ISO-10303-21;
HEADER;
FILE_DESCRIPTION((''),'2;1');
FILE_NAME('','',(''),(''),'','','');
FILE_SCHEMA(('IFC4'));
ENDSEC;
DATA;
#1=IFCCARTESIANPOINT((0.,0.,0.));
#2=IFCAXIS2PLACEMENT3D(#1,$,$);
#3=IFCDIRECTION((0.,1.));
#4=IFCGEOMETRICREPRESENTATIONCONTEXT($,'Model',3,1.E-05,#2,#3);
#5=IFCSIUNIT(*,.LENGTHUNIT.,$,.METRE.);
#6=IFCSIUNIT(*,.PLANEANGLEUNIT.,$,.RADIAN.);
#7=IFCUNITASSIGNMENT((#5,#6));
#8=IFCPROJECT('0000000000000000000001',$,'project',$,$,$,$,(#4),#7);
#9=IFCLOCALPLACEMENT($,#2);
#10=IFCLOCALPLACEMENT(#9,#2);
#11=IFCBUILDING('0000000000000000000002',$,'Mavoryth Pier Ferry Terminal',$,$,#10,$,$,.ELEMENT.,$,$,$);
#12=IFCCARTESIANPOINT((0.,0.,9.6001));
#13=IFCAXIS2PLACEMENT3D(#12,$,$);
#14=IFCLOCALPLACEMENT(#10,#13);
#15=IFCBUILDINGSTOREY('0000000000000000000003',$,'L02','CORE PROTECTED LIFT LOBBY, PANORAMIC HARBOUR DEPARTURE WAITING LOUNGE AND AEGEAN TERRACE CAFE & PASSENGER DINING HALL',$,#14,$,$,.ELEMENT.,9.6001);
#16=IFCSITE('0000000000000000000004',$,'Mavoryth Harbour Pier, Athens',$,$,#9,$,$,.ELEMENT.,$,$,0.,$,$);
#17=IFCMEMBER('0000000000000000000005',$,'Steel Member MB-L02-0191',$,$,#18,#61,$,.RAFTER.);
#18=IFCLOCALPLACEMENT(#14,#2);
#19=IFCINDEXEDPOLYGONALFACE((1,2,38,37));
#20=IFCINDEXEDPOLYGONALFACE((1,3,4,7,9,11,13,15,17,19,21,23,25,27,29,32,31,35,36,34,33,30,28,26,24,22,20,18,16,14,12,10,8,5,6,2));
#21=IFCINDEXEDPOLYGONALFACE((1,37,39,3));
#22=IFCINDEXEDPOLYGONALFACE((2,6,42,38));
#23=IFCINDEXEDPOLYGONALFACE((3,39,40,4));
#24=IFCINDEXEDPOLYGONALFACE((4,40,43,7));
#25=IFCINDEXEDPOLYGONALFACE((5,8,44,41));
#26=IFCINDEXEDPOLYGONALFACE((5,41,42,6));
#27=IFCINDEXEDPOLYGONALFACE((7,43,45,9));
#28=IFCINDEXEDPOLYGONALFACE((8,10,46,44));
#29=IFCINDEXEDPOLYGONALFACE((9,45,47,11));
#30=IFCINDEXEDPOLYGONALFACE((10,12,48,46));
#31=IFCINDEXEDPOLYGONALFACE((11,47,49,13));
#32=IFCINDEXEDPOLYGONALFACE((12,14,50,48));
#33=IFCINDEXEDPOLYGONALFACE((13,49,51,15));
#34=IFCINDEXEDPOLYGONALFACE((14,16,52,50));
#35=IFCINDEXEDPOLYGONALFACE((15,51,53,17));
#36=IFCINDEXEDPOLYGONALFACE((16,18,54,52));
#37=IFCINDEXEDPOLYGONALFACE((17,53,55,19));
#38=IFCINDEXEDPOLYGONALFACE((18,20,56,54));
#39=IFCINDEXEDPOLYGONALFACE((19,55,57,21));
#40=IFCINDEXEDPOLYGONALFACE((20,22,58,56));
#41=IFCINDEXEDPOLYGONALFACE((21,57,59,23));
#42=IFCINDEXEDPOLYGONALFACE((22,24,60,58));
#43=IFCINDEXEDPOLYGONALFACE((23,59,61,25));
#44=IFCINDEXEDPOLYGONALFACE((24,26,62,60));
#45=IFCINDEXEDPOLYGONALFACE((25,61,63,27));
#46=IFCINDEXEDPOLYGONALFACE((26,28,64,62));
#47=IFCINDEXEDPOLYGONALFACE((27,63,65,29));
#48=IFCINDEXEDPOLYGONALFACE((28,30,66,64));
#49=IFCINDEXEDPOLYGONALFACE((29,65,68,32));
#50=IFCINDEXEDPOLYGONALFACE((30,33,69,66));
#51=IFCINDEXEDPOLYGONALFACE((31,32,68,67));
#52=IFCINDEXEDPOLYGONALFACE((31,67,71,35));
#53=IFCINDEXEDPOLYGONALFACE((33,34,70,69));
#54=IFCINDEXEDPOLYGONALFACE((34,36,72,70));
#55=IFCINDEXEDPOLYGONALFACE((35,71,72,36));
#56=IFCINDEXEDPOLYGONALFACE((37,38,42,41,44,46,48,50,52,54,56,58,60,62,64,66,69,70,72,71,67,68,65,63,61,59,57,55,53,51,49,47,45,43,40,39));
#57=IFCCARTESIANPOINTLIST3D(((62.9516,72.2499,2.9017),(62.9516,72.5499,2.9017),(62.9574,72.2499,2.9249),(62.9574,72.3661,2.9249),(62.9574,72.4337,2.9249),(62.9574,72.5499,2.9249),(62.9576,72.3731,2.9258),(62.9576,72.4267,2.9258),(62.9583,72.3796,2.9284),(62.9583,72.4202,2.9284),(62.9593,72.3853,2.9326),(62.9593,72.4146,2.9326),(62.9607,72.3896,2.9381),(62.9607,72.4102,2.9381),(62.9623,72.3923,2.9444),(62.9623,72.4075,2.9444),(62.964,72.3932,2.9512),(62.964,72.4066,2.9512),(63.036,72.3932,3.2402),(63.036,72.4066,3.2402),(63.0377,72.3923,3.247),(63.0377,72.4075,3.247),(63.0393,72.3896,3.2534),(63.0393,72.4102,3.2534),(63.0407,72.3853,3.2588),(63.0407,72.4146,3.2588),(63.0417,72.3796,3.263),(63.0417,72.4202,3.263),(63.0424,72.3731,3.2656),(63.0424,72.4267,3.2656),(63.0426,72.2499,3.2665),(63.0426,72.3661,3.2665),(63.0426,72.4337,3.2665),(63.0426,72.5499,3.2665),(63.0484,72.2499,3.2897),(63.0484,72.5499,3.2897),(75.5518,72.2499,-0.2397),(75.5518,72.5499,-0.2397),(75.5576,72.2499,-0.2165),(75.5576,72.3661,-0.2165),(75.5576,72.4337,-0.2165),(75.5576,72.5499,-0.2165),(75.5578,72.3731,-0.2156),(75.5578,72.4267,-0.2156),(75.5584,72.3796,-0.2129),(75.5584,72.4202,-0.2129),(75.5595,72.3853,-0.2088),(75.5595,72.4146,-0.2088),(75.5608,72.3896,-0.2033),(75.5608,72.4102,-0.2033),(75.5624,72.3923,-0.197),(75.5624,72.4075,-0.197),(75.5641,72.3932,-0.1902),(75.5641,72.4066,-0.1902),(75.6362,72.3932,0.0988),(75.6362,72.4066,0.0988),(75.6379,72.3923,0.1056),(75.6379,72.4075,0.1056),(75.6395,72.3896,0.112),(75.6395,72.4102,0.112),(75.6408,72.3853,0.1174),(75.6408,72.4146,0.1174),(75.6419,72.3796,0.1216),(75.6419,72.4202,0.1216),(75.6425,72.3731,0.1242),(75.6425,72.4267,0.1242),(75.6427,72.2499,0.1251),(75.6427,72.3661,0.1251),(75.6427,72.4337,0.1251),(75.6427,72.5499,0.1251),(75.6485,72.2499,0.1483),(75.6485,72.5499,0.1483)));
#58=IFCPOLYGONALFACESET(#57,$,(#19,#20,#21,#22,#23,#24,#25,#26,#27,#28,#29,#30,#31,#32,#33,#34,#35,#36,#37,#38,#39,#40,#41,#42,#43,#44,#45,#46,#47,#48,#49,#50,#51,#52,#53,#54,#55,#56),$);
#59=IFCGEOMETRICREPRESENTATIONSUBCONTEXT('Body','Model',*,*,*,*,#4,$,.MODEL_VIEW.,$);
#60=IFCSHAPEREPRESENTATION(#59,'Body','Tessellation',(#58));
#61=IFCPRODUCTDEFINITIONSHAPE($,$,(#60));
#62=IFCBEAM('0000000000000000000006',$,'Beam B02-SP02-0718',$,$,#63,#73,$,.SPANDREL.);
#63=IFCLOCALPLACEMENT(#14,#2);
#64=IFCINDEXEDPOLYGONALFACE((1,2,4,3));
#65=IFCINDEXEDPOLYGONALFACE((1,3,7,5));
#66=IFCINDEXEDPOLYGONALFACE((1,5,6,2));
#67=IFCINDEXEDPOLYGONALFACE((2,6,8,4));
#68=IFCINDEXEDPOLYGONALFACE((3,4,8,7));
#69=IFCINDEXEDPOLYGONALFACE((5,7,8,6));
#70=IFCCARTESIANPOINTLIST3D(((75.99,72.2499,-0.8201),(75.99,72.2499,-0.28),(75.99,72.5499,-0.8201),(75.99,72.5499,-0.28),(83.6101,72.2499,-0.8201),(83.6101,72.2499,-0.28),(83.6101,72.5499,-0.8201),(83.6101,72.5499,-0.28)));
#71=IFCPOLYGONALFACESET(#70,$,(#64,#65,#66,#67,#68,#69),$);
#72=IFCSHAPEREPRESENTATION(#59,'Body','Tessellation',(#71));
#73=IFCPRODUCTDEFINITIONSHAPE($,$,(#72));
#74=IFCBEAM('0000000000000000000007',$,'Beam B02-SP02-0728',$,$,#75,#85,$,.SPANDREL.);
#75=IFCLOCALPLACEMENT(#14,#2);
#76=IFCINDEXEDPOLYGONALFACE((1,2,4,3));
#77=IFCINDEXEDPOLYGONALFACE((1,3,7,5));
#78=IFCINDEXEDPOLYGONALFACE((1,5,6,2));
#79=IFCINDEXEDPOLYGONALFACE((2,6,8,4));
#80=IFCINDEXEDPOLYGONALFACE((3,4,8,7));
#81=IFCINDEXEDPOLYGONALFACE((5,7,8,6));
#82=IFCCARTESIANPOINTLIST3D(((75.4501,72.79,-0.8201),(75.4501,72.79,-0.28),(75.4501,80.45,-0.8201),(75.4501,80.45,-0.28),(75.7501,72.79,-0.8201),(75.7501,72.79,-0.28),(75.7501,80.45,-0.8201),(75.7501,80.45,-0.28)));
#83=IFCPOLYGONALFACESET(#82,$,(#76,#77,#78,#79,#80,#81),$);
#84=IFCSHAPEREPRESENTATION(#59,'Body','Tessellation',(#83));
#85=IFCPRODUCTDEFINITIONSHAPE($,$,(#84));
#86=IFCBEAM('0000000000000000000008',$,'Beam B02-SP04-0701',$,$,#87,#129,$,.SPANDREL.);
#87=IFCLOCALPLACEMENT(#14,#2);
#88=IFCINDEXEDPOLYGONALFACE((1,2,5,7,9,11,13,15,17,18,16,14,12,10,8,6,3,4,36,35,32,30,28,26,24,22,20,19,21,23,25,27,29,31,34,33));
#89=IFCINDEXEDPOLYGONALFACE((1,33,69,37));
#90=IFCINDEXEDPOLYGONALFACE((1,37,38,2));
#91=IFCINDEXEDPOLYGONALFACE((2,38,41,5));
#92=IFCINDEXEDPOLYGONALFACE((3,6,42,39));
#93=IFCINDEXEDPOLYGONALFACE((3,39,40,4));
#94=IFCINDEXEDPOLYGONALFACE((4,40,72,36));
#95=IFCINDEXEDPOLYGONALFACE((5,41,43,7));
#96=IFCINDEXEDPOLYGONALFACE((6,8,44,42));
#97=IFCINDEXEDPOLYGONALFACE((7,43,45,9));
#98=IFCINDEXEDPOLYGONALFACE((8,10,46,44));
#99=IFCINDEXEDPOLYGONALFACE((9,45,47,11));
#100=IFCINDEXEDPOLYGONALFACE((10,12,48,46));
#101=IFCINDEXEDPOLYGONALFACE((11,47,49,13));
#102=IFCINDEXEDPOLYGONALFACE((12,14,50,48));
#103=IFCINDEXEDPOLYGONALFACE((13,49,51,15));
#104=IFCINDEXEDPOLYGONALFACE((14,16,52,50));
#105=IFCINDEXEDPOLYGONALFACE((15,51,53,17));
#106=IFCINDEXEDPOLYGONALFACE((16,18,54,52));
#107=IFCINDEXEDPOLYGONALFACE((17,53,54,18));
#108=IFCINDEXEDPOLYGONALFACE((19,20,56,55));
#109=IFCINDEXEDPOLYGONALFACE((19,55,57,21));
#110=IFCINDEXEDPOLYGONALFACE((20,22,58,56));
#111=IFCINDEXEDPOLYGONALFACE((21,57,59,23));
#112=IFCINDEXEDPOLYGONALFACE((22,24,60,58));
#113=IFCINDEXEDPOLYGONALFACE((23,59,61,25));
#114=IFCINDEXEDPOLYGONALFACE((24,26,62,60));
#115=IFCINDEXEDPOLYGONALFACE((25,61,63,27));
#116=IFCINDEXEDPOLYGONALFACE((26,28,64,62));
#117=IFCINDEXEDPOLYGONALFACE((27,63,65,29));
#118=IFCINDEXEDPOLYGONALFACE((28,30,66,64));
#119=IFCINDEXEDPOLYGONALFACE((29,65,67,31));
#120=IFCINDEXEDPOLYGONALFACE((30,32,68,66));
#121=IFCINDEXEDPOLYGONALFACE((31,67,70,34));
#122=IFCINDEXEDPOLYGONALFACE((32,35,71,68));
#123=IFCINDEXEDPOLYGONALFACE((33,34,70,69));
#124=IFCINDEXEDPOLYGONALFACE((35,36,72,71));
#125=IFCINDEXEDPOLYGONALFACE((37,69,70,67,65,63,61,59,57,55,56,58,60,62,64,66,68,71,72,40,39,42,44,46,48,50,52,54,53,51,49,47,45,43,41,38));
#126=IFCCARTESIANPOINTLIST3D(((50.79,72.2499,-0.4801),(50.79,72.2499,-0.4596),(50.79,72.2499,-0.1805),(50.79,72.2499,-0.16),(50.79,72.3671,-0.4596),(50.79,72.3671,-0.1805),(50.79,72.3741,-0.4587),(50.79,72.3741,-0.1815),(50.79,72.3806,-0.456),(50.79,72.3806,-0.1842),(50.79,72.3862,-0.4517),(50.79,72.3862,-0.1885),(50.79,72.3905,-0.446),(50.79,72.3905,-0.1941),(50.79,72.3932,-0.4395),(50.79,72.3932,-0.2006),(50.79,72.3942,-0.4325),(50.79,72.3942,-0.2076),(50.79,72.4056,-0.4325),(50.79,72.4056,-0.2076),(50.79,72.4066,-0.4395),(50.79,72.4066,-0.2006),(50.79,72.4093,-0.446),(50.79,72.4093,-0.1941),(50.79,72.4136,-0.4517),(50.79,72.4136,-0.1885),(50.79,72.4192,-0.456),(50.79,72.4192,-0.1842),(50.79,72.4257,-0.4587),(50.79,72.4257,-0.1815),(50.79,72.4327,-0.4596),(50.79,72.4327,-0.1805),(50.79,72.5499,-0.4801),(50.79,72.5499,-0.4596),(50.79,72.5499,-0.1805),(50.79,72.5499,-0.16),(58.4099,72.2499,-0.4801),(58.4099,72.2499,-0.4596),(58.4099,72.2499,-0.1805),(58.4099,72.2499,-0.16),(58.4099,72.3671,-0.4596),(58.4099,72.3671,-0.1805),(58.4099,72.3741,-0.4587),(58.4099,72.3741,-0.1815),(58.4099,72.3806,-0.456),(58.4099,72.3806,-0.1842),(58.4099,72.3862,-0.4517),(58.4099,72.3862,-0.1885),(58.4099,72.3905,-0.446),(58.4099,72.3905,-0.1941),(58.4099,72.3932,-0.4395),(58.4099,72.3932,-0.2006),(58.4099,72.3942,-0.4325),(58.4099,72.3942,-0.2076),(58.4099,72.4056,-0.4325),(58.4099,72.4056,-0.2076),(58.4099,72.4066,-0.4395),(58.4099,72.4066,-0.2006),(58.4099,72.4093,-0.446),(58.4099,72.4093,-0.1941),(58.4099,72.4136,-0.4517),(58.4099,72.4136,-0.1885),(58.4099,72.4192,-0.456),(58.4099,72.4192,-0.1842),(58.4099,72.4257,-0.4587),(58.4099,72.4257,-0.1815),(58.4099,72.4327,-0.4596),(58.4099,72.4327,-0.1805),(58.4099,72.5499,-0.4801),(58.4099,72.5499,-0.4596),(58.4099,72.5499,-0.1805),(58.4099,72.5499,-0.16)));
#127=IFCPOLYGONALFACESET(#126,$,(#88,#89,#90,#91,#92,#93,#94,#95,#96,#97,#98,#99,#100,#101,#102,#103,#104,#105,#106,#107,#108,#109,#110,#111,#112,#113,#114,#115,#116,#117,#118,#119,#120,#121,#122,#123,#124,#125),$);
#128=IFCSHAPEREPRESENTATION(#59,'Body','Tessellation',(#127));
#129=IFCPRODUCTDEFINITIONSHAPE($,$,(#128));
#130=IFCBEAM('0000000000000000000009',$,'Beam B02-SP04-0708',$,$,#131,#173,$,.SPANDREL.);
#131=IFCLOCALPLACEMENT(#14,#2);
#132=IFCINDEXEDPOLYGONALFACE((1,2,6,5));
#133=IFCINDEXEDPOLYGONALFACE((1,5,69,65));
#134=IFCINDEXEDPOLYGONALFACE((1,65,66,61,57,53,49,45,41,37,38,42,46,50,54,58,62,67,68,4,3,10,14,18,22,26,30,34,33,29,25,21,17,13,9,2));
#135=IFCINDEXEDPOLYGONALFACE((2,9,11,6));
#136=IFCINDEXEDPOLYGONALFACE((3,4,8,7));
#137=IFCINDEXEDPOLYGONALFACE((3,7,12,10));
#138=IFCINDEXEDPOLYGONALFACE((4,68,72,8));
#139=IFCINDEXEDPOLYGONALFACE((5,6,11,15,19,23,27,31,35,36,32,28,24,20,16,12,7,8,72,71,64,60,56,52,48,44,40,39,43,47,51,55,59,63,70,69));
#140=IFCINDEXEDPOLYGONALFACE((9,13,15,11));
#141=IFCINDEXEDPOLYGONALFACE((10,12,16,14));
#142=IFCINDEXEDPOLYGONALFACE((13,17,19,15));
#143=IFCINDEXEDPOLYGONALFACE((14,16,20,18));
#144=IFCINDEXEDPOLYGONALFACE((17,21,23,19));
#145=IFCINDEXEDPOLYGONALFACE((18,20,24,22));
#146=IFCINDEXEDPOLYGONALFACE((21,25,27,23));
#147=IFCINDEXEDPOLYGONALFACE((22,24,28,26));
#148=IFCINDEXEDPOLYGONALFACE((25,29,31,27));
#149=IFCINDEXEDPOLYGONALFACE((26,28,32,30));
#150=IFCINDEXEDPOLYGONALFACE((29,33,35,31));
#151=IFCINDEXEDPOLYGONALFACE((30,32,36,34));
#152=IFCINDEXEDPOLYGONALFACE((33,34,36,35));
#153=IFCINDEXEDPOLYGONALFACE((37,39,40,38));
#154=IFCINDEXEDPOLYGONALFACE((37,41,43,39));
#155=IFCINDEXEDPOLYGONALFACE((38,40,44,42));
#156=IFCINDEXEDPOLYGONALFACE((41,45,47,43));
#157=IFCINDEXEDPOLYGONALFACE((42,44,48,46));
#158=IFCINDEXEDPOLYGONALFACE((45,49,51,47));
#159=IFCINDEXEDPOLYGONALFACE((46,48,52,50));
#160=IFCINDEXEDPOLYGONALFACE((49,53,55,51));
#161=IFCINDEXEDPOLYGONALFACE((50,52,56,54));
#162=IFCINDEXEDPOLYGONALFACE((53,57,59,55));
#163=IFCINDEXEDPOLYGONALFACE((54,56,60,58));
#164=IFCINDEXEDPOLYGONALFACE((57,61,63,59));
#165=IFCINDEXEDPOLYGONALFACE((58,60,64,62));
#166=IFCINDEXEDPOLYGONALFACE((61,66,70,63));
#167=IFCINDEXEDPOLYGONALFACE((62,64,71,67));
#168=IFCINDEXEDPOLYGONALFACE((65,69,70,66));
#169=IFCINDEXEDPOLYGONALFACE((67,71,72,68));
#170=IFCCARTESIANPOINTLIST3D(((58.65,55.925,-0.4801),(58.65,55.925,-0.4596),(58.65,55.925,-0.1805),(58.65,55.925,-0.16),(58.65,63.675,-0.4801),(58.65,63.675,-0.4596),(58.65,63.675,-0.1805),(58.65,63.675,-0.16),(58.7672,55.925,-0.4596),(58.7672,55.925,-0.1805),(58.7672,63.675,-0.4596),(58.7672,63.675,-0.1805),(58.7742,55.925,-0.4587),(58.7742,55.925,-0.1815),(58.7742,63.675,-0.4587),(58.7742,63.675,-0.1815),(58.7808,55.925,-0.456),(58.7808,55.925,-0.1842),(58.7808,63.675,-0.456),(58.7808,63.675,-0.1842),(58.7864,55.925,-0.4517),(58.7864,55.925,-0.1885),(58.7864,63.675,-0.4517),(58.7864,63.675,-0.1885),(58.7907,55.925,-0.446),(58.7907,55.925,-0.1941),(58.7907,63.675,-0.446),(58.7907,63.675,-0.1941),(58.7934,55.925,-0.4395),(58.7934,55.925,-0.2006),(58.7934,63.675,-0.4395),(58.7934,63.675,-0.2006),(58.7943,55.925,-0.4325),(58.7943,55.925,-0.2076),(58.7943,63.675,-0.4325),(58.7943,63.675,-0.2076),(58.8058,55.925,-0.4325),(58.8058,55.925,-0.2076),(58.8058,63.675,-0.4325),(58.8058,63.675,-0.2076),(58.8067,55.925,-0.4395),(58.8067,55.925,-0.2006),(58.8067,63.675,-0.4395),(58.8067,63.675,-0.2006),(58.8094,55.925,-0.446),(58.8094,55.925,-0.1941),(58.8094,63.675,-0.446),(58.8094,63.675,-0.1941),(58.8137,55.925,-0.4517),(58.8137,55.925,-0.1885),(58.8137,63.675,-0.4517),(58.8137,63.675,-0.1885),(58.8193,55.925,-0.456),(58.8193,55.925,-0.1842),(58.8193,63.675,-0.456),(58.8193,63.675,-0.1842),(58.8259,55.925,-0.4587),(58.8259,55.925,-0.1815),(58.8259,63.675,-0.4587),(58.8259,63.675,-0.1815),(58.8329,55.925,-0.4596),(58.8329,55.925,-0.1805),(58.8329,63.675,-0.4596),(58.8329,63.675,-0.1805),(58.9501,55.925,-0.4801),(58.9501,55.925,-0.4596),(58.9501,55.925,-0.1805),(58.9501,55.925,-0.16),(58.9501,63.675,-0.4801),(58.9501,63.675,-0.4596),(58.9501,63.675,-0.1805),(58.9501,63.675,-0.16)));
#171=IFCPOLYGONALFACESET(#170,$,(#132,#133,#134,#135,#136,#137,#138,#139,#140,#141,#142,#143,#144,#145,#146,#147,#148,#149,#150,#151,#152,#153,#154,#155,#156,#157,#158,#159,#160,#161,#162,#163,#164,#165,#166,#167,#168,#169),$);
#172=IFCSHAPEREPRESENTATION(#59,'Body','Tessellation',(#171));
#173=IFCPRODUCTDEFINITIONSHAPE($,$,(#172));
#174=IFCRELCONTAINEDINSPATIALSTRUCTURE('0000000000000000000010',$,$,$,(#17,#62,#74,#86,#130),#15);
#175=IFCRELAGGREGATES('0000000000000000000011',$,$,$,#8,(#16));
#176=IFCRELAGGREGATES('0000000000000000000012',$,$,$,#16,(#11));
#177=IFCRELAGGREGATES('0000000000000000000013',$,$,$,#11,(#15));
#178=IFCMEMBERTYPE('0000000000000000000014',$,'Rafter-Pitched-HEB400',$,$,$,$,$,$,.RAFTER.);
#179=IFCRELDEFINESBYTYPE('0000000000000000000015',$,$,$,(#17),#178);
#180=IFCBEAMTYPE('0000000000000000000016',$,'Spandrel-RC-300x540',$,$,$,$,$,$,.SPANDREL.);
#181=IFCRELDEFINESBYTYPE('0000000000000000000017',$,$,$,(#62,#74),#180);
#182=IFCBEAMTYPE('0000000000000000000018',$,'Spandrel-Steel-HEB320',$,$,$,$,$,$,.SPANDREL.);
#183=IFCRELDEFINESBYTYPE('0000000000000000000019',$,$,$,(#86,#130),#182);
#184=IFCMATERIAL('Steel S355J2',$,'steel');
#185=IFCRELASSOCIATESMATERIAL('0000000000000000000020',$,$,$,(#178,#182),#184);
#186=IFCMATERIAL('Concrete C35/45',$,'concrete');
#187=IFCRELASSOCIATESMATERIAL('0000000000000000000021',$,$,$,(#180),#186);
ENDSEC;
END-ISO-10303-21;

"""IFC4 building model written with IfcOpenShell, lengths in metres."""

from ifc_helpers import new_model, si_unit, direction, frame, origin, origin_2d, place, context, subcontext, project, spatial, rectangle, i_section, extrude, material, material_profile, profile_set, type_object, element, save


model = new_model("IFC4")

# Units and contexts
model_context = context("Model", 3, precision=1e-05, world=origin(), true_north=direction((0.0, 1.0)))
body_context = subcontext(model_context, "Body", "Model", "MODEL_VIEW")
ifc_project = project(units=[si_unit("LENGTHUNIT", "METRE"), si_unit("PLANEANGLEUNIT", "RADIAN")], contexts=[model_context])

# Site, building, storey
site_placement = place(None, origin())
site = spatial("IfcSite", under=ifc_project, at=site_placement, Name="Mavoryth Harbour Pier, Athens", CompositionType="ELEMENT", RefElevation=0.0)
building_placement = place(site_placement, origin())
building = spatial("IfcBuilding", under=site, at=building_placement, Name="Mavoryth Pier Ferry Terminal", CompositionType="ELEMENT")
storey_placement = place(building_placement, frame((0.0, 0.0, 9.6001)))
storey = spatial("IfcBuildingStorey", under=building, at=storey_placement, Name="L02", Description="CORE PROTECTED LIFT LOBBY, PANORAMIC HARBOUR DEPARTURE WAITING LOUNGE AND AEGEAN TERRACE CAFE & PASSENGER DINING HALL", CompositionType="ELEMENT", Elevation=9.6001)

# Shared definitions
ifc_material_1 = material(Name="Steel S355J2", Category="steel")

# Member
ifc_material_profile_1 = material_profile(ifc_material_1, i_section(OverallWidth=0.3, OverallDepth=0.3999, WebThickness=0.0134, FlangeThickness=0.0239, FilletRadius=0.0271, at=origin_2d()), Name="HEB 400", Category="steel")
ifc_profile_set_1 = profile_set([ifc_material_profile_1], Name="Steel S355J2 - HEB 400")
member_type_1 = type_object("IfcMemberType", Name="Rafter-Pitched-HEB400", PredefinedType="RAFTER", material=ifc_profile_set_1)
member_1_placement = place(storey_placement, frame((63.0, 72.3999, 3.0957), z_axis=(0.970299, 0.0, -0.241907), x_axis=(0.0, 1.0, 0.0)))
element("IfcMember", 1, at=member_1_placement, inside=storey, type_object=member_type_1, Name="Steel Member MB-L02-0191", PredefinedType="RAFTER", context=body_context, shape_type="SweptSolid", body=[
    extrude(i_section(OverallWidth=0.3, OverallDepth=0.3999, WebThickness=0.0134, FlangeThickness=0.0239, FilletRadius=0.0271, at=origin_2d()), origin(), (0.0, 0.0, 1.0), 12.9858),
])

# Beams
ifc_material_2 = material(Name="Concrete C35/45", Category="concrete")
ifc_material_profile_2 = material_profile(ifc_material_2, rectangle(XDim=0.3, YDim=0.54, at=origin_2d()), Name="RC 300x540", Category="concrete")
ifc_profile_set_2 = profile_set([ifc_material_profile_2], Name="Concrete C35/45 - RC 300x540")
beam_type_1 = type_object("IfcBeamType", Name="Spandrel-RC-300x540", PredefinedType="SPANDREL", material=ifc_profile_set_2)
beam_1_placement = place(storey_placement, frame((75.99, 72.3999, -0.55), z_axis=(1.0, 0.0, 0.0), x_axis=(0.0, 1.0, 0.0)))
element("IfcBeam", 2, at=beam_1_placement, inside=storey, type_object=beam_type_1, Name="Beam B02-SP02-0718", PredefinedType="SPANDREL", context=body_context, shape_type="SweptSolid", body=[
    extrude(rectangle(XDim=0.3, YDim=0.54, at=origin_2d()), origin(), (0.0, 0.0, 1.0), 7.6201),
])
beam_2_placement = place(storey_placement, frame((75.6001, 72.79, -0.55), z_axis=(0.0, 1.0, 0.0), x_axis=(-1.0, 0.0, 0.0)))
element("IfcBeam", 3, at=beam_2_placement, inside=storey, type_object=beam_type_1, Name="Beam B02-SP02-0728", PredefinedType="SPANDREL", context=body_context, shape_type="SweptSolid", body=[
    extrude(rectangle(XDim=0.3, YDim=0.54, at=origin_2d()), origin(), (0.0, 0.0, 1.0), 7.6599),
])
ifc_material_profile_3 = material_profile(ifc_material_1, i_section(OverallWidth=0.3, OverallDepth=0.3201, WebThickness=0.0115, FlangeThickness=0.0205, FilletRadius=0.0271, at=origin_2d()), Name="HEB 320", Category="steel")
ifc_profile_set_3 = profile_set([ifc_material_profile_3], Name="Steel S355J2 - HEB 320")
beam_type_2 = type_object("IfcBeamType", Name="Spandrel-Steel-HEB320", PredefinedType="SPANDREL", material=ifc_profile_set_3)
beam_3_placement = place(storey_placement, frame((50.79, 72.3999, -0.3201), z_axis=(1.0, 0.0, 0.0), x_axis=(0.0, 1.0, 0.0)))
element("IfcBeam", 4, at=beam_3_placement, inside=storey, type_object=beam_type_2, Name="Beam B02-SP04-0701", PredefinedType="SPANDREL", context=body_context, shape_type="SweptSolid", body=[
    extrude(i_section(OverallWidth=0.3, OverallDepth=0.3201, WebThickness=0.0115, FlangeThickness=0.0205, FilletRadius=0.0271, at=origin_2d()), origin(), (0.0, 0.0, 1.0), 7.6199),
])
beam_4_placement = place(storey_placement, frame((58.8, 55.925, -0.3201), z_axis=(0.0, 1.0, 0.0), x_axis=(-1.0, 0.0, 0.0)))
element("IfcBeam", 5, at=beam_4_placement, inside=storey, type_object=beam_type_2, Name="Beam B02-SP04-0708", PredefinedType="SPANDREL", context=body_context, shape_type="SweptSolid", body=[
    extrude(i_section(OverallWidth=0.3, OverallDepth=0.3201, WebThickness=0.0115, FlangeThickness=0.0205, FilletRadius=0.0271, at=origin_2d()), origin(), (0.0, 0.0, 1.0), 7.75),
])

save(model, "model.ifc")
